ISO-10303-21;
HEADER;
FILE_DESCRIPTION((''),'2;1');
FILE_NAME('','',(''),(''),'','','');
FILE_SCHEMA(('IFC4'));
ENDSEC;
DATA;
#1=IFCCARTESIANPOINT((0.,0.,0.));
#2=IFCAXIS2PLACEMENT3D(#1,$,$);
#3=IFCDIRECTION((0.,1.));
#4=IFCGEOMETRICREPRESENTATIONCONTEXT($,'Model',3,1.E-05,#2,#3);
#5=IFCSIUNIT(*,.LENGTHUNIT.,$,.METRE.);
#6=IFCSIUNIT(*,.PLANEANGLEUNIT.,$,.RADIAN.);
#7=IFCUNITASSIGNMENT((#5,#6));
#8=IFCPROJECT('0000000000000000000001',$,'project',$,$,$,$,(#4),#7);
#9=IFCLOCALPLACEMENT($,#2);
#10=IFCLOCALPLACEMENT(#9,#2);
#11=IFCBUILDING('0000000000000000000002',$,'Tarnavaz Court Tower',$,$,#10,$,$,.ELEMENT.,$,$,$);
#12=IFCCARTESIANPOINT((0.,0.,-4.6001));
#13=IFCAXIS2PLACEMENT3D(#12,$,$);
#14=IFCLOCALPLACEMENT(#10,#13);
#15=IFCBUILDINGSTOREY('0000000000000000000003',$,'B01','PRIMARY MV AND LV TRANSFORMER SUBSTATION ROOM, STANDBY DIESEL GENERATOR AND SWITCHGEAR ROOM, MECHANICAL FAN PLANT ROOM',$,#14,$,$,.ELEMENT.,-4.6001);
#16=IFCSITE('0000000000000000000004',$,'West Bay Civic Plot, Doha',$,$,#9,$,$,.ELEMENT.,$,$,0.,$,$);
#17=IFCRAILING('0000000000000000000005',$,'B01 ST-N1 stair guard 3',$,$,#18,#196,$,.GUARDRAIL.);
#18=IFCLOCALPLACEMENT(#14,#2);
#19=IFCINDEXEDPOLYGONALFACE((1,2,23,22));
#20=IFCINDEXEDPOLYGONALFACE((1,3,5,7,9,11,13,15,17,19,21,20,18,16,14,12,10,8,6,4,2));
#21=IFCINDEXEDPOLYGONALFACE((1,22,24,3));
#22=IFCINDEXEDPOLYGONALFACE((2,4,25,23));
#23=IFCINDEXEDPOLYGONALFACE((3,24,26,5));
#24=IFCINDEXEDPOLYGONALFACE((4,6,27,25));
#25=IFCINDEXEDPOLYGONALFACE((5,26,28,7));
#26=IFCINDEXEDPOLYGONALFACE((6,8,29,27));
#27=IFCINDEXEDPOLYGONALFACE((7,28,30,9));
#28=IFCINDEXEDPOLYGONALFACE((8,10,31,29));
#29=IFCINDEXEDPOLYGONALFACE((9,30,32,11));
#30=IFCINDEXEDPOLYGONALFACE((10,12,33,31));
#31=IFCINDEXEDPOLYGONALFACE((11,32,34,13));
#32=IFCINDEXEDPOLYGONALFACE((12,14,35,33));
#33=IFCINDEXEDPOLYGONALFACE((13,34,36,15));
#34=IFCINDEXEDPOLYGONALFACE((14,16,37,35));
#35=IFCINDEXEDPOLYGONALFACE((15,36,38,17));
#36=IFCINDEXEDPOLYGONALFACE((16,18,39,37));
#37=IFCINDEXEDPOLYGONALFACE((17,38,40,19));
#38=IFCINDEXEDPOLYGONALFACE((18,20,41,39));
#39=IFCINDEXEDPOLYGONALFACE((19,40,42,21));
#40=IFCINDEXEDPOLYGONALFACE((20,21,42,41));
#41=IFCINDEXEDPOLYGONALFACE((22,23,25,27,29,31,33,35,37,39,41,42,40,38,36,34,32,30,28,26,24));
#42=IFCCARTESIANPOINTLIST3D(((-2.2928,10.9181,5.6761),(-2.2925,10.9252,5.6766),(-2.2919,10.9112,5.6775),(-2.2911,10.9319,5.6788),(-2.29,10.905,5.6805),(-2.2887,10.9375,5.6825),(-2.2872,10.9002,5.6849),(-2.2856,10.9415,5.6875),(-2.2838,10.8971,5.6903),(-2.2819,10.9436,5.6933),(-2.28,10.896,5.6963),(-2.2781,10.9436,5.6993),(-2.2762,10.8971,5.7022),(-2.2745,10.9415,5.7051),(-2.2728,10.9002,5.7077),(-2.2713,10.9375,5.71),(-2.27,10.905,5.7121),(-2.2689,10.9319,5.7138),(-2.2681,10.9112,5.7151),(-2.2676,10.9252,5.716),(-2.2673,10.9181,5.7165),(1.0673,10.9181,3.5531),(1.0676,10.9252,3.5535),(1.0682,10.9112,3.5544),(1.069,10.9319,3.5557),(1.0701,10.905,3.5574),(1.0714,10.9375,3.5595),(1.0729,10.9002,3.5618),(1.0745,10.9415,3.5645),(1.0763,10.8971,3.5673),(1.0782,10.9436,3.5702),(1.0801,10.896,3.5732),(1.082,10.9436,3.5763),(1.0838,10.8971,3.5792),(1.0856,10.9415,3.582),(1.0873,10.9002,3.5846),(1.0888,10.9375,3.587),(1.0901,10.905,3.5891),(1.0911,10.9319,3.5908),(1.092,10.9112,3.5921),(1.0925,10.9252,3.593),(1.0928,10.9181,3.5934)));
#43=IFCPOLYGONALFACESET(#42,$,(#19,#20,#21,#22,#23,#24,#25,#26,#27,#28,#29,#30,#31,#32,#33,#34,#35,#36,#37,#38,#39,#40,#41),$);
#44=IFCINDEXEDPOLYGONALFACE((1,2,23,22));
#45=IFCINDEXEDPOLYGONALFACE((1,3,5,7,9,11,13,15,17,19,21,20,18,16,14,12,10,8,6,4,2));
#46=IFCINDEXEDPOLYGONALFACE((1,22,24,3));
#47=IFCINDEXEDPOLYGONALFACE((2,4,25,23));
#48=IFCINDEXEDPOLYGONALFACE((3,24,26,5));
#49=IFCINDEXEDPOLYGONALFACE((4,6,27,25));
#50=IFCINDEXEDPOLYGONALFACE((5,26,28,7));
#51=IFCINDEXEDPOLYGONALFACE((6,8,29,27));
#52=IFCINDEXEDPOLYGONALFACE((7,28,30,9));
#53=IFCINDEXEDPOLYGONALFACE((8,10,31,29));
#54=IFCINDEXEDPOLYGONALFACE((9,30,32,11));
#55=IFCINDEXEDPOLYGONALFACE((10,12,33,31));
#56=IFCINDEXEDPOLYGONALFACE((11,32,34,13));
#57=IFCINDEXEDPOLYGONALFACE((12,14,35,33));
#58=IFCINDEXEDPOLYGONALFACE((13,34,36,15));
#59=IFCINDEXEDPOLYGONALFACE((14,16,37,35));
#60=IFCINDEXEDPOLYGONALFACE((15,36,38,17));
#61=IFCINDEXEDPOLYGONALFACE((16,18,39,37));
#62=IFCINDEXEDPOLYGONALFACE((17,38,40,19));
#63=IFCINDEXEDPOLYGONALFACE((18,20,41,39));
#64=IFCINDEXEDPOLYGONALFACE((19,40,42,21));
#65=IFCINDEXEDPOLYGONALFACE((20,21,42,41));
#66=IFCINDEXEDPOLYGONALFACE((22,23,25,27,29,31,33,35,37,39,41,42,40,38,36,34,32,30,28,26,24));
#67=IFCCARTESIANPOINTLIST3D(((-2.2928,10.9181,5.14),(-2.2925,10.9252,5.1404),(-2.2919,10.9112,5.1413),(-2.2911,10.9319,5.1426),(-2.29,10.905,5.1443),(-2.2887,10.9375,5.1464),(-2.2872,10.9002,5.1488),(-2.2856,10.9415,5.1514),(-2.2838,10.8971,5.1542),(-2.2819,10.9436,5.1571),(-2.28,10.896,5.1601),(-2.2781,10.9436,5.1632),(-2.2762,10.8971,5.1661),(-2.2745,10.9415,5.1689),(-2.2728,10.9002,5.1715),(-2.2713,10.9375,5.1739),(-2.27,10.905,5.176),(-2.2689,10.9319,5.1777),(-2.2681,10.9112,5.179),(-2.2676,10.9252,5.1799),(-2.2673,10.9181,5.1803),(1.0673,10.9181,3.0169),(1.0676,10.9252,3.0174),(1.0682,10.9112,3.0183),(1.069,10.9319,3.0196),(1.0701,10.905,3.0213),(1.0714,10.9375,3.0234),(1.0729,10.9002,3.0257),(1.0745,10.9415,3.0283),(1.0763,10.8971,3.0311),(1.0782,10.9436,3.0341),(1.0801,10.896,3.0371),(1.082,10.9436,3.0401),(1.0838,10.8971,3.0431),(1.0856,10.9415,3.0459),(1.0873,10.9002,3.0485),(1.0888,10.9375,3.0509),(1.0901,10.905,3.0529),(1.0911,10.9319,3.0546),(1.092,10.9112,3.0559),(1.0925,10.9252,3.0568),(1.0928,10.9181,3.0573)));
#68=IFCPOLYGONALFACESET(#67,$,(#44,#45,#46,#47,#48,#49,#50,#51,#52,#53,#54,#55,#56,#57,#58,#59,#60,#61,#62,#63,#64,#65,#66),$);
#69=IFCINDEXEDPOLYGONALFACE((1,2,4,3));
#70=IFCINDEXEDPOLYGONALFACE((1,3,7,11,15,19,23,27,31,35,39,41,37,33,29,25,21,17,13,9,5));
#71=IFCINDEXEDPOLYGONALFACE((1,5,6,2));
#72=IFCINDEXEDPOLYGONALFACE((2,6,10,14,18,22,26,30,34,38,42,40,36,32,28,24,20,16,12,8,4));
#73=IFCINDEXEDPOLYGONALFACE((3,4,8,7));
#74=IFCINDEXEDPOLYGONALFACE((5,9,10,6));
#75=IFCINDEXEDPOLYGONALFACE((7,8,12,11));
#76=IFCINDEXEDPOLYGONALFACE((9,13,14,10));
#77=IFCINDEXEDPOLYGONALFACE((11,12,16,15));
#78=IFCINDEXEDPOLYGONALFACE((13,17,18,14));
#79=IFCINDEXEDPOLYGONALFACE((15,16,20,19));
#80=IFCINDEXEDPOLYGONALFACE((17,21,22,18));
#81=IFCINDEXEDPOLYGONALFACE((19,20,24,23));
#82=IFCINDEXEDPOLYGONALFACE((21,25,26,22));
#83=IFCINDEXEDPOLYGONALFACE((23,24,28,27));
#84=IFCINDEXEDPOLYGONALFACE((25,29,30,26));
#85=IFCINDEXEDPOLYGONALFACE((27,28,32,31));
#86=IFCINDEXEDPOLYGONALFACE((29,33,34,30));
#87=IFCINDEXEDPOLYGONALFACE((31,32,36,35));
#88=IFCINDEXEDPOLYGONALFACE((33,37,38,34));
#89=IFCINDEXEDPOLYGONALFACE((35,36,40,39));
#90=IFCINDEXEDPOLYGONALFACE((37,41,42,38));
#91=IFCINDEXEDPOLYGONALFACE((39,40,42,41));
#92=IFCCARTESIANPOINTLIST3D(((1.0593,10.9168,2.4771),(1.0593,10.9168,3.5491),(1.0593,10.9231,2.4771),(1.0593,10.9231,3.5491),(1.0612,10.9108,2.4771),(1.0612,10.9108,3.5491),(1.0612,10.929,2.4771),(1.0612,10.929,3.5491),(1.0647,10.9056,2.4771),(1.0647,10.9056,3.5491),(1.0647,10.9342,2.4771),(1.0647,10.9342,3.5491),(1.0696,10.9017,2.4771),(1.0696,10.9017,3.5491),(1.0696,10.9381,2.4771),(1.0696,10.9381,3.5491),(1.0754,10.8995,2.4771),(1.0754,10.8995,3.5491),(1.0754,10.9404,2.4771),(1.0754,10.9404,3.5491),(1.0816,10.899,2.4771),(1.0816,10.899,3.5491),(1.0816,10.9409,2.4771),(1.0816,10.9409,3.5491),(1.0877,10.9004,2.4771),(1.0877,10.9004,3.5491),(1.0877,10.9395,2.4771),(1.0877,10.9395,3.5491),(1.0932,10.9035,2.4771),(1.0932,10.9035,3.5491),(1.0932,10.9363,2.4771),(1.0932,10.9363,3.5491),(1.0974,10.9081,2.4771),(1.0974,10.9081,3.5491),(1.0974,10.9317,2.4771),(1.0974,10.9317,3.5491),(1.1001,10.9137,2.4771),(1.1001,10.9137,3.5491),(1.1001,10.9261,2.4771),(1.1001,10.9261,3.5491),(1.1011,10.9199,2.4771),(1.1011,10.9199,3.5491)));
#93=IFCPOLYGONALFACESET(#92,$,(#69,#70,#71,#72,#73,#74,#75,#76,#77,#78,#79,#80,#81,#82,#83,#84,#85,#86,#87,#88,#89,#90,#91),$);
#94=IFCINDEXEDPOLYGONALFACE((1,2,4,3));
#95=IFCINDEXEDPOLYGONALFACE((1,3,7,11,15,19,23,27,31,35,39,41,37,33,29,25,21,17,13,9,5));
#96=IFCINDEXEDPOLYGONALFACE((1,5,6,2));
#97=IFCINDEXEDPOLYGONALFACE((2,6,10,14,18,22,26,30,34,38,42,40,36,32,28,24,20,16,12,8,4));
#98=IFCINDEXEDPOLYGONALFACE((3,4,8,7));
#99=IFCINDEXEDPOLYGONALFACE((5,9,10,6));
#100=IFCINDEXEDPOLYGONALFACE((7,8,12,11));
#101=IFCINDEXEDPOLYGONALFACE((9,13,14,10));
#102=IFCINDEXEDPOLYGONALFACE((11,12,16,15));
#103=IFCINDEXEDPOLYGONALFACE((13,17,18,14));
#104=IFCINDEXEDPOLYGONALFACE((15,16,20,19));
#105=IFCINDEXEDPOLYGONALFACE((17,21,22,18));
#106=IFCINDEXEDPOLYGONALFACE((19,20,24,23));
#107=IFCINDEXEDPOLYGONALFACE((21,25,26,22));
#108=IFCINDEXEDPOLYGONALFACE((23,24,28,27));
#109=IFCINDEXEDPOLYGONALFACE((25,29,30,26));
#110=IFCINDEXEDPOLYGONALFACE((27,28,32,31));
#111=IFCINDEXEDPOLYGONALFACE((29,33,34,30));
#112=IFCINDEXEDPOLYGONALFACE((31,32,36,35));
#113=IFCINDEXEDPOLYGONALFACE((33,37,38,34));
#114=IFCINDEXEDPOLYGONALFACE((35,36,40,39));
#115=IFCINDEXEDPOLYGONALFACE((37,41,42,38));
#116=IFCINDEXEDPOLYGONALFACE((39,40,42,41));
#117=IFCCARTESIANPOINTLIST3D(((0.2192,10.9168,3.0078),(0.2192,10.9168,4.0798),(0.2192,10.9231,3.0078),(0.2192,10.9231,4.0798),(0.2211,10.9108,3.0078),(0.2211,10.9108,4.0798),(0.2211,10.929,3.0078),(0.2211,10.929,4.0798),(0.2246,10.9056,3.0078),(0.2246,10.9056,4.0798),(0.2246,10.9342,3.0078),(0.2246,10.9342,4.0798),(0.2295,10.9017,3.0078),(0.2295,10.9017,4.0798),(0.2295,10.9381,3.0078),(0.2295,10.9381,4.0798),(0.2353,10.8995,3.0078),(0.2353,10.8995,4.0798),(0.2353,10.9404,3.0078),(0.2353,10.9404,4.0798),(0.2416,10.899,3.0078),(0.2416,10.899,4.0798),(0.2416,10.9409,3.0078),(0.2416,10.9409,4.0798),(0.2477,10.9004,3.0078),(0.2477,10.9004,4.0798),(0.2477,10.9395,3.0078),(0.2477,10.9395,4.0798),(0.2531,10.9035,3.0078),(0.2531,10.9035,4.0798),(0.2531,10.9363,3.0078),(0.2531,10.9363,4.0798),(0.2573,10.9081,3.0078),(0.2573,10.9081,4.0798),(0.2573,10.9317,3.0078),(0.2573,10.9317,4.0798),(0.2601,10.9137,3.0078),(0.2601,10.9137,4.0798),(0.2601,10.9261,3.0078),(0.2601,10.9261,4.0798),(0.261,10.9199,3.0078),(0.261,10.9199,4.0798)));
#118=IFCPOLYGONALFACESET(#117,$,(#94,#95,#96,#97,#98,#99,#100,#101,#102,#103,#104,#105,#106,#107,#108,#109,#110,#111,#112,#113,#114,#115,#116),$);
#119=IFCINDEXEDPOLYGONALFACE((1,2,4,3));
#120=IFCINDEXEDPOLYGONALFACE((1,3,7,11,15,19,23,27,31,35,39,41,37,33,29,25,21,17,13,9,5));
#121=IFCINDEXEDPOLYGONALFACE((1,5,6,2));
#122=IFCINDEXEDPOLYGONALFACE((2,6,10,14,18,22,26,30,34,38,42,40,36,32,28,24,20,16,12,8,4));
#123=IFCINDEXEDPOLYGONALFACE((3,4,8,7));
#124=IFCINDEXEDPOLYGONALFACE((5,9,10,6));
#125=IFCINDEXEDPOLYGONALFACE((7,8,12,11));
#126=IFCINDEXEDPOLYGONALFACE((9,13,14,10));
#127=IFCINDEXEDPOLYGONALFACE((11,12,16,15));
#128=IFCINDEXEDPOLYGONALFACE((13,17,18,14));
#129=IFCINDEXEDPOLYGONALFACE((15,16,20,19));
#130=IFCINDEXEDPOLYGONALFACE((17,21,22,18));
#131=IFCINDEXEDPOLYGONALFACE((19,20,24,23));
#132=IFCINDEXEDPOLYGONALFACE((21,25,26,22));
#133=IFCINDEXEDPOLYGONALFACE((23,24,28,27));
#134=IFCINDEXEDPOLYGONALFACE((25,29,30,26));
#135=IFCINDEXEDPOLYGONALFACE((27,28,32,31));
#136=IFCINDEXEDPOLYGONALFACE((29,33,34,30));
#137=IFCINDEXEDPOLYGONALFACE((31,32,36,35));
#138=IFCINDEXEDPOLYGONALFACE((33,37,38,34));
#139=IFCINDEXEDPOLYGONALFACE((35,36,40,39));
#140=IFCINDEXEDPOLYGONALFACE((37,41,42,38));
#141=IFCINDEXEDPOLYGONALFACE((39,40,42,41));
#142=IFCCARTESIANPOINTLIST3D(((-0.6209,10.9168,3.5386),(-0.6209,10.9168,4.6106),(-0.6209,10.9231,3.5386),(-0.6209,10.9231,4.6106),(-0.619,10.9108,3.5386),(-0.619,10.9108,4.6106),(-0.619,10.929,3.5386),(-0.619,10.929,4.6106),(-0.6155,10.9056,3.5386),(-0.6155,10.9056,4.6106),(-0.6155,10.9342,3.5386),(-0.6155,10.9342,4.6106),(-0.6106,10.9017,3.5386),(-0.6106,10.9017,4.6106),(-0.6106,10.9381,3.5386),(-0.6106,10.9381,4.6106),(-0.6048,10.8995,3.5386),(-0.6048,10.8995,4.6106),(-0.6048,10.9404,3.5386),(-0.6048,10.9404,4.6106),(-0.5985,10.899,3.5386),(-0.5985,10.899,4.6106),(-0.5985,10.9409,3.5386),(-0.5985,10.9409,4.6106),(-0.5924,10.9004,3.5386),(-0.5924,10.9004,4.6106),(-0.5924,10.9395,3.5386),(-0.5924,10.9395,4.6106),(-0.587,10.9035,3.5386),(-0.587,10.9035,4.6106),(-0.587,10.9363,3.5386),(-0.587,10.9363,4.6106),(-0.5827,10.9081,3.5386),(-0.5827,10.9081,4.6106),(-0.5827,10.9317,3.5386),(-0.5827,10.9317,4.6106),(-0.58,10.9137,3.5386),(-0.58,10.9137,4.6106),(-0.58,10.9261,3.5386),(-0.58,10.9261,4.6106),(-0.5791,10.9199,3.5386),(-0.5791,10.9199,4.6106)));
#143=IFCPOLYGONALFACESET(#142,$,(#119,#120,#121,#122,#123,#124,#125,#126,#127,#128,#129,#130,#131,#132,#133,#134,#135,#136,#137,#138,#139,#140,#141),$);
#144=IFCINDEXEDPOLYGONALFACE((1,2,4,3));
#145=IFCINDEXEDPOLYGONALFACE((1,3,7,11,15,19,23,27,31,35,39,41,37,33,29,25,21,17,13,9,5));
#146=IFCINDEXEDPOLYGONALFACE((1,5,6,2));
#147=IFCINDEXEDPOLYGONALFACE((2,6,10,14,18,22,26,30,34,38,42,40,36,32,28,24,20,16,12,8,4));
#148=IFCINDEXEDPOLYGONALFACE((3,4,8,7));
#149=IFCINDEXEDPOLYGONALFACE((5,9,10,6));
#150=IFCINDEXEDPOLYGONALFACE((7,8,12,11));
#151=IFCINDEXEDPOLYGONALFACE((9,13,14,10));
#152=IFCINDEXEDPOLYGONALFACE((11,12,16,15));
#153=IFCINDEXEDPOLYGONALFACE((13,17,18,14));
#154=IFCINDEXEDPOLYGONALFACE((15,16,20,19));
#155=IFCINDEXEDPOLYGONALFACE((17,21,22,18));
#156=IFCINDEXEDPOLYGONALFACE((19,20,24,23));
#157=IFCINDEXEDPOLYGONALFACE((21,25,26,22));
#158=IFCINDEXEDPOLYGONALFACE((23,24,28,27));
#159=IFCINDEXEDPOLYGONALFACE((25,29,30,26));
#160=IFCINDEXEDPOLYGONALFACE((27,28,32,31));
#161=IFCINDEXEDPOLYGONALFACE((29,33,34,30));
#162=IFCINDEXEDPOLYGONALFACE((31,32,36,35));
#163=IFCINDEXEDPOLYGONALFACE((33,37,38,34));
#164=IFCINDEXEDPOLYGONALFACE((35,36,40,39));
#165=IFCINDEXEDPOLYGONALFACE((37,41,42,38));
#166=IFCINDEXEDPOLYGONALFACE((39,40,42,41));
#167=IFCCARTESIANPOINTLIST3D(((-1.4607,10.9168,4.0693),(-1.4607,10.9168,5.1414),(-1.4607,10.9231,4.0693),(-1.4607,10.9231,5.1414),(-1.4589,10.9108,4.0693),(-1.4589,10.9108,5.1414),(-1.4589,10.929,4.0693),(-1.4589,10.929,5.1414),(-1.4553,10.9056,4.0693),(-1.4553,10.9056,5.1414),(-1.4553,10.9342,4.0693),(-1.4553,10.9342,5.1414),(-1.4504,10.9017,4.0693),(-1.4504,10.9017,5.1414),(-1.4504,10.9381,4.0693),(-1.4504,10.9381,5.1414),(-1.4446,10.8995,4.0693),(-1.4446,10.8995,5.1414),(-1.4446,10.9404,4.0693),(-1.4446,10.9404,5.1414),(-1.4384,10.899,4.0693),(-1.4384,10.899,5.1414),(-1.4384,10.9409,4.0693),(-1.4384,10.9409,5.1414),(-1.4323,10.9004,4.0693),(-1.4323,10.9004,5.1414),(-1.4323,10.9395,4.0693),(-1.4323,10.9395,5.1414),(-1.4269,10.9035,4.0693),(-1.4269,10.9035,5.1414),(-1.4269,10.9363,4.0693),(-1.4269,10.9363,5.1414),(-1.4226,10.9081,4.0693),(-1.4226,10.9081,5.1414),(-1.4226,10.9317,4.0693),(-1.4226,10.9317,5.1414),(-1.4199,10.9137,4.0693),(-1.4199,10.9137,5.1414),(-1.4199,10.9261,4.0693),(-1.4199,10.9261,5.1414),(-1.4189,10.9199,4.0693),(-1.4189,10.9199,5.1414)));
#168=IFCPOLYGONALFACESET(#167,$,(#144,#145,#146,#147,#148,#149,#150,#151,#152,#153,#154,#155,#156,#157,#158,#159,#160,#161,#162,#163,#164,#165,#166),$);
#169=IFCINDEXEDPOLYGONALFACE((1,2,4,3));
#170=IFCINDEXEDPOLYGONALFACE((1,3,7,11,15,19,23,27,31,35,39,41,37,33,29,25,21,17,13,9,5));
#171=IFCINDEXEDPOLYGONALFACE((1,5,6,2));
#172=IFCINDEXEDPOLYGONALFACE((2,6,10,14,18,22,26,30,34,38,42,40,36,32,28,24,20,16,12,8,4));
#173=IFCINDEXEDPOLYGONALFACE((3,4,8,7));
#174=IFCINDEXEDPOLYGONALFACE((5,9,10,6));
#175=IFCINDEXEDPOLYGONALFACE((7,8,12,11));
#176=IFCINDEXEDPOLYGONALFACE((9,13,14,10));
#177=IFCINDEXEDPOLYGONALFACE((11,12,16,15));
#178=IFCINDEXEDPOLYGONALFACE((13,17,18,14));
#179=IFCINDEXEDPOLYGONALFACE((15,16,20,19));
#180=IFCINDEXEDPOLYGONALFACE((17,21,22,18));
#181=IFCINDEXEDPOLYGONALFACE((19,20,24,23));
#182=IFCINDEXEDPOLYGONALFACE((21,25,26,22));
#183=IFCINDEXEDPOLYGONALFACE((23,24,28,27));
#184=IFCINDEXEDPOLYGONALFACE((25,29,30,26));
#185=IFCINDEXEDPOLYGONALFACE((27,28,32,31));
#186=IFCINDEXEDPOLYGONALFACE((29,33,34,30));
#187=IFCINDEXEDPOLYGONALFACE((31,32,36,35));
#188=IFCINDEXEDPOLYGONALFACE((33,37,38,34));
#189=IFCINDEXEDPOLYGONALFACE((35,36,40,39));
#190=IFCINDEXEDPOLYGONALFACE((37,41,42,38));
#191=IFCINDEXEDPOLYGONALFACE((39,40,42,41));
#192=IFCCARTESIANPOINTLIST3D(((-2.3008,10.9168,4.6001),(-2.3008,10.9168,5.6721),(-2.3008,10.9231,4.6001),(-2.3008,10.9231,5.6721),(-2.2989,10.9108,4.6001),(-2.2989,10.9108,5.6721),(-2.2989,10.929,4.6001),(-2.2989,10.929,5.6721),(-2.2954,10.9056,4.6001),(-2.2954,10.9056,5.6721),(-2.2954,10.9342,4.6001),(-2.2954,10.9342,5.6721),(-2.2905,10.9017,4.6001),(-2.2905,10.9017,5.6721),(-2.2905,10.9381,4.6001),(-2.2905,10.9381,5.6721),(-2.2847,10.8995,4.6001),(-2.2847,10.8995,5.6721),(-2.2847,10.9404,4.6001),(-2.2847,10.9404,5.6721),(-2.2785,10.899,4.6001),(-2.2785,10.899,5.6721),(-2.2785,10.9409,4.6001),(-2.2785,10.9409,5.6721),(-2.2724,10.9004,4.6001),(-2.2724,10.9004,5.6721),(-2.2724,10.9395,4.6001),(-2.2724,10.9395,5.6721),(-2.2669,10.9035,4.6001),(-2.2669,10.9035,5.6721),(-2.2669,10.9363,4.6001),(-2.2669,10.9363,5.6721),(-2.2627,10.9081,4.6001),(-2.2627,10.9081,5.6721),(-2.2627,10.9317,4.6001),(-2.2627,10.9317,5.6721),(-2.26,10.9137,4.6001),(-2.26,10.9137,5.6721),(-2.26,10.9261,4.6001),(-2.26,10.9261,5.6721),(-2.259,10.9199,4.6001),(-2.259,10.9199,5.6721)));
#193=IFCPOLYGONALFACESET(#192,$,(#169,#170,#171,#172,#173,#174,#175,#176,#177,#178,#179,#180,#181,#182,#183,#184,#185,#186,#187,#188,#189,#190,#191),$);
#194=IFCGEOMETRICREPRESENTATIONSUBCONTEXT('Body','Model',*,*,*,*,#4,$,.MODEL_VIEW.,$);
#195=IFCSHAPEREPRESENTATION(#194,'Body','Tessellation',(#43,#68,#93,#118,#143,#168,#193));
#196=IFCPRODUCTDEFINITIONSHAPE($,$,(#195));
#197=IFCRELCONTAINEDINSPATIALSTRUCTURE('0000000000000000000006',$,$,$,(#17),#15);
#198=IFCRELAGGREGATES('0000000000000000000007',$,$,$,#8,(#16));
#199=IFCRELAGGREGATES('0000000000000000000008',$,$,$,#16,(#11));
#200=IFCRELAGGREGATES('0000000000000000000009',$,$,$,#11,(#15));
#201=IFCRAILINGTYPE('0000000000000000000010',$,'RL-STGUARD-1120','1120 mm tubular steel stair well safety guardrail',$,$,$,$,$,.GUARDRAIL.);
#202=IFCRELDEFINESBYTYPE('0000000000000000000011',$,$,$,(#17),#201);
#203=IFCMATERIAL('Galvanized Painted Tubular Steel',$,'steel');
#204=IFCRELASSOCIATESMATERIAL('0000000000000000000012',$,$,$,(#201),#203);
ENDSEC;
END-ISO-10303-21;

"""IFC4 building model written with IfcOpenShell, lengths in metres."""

from ifc_helpers import new_model, si_unit, direction, frame, origin, origin_2d, place, context, subcontext, project, spatial, circle, extrude, material, type_object, element, save


model = new_model("IFC4")

# Units and contexts
model_context = context("Model", 3, precision=1e-05, world=origin(), true_north=direction((0.0, 1.0)))
body_context = subcontext(model_context, "Body", "Model", "MODEL_VIEW")
ifc_project = project(units=[si_unit("LENGTHUNIT", "METRE"), si_unit("PLANEANGLEUNIT", "RADIAN")], contexts=[model_context])

# Site, building, storey
site_placement = place(None, origin())
site = spatial("IfcSite", under=ifc_project, at=site_placement, Name="West Bay Civic Plot, Doha", CompositionType="ELEMENT", RefElevation=0.0)
building_placement = place(site_placement, origin())
building = spatial("IfcBuilding", under=site, at=building_placement, Name="Tarnavaz Court Tower", CompositionType="ELEMENT")
storey_placement = place(building_placement, frame((0.0, 0.0, -4.6001)))
storey = spatial("IfcBuildingStorey", under=building, at=storey_placement, Name="B01", Description="PRIMARY MV AND LV TRANSFORMER SUBSTATION ROOM, STANDBY DIESEL GENERATOR AND SWITCHGEAR ROOM, MECHANICAL FAN PLANT ROOM", CompositionType="ELEMENT", Elevation=-4.6001)

# Railing
ifc_material_1 = material(Name="Galvanized Painted Tubular Steel", Category="steel")
railing_type_1 = type_object("IfcRailingType", Name="RL-STGUARD-1120", Description="1120 mm tubular steel stair well safety guardrail", PredefinedType="GUARDRAIL", material=ifc_material_1)
railing_1_placement = place(storey_placement, frame((1.0801, 10.9199, 2.4771)))
element("IfcRailing", 1, at=railing_1_placement, inside=storey, type_object=railing_type_1, Name="B01 ST-N1 stair guard 3", PredefinedType="GUARDRAIL", context=body_context, shape_type="SweptSolid", body=[
    extrude(circle(Radius=0.0239, at=origin_2d()), frame((0.0, 0.0, 1.0962), z_axis=(-0.84539, 0.0, 0.53415), x_axis=(0.0, -1.0, 0.0)), (0.0, 0.0, 1.0), 3.9746),
    extrude(circle(Radius=0.0239, at=origin_2d()), frame((0.0, 0.0, 0.5601), z_axis=(-0.84539, 0.0, 0.53415), x_axis=(0.0, -1.0, 0.0)), (0.0, 0.0, 1.0), 3.9746),
    extrude(circle(Radius=0.021, at=origin_2d()), origin(), (0.0, 0.0, 1.0), 1.072),
    extrude(circle(Radius=0.021, at=origin_2d()), frame((-0.8401, 0.0, 0.5308)), (0.0, 0.0, 1.0), 1.072),
    extrude(circle(Radius=0.021, at=origin_2d()), frame((-1.6802, 0.0, 1.0615)), (0.0, 0.0, 1.0), 1.072),
    extrude(circle(Radius=0.021, at=origin_2d()), frame((-2.52, 0.0, 1.5923)), (0.0, 0.0, 1.0), 1.072),
    extrude(circle(Radius=0.021, at=origin_2d()), frame((-3.3601, 0.0, 2.123)), (0.0, 0.0, 1.0), 1.072),
])

save(model, "model.ifc")
